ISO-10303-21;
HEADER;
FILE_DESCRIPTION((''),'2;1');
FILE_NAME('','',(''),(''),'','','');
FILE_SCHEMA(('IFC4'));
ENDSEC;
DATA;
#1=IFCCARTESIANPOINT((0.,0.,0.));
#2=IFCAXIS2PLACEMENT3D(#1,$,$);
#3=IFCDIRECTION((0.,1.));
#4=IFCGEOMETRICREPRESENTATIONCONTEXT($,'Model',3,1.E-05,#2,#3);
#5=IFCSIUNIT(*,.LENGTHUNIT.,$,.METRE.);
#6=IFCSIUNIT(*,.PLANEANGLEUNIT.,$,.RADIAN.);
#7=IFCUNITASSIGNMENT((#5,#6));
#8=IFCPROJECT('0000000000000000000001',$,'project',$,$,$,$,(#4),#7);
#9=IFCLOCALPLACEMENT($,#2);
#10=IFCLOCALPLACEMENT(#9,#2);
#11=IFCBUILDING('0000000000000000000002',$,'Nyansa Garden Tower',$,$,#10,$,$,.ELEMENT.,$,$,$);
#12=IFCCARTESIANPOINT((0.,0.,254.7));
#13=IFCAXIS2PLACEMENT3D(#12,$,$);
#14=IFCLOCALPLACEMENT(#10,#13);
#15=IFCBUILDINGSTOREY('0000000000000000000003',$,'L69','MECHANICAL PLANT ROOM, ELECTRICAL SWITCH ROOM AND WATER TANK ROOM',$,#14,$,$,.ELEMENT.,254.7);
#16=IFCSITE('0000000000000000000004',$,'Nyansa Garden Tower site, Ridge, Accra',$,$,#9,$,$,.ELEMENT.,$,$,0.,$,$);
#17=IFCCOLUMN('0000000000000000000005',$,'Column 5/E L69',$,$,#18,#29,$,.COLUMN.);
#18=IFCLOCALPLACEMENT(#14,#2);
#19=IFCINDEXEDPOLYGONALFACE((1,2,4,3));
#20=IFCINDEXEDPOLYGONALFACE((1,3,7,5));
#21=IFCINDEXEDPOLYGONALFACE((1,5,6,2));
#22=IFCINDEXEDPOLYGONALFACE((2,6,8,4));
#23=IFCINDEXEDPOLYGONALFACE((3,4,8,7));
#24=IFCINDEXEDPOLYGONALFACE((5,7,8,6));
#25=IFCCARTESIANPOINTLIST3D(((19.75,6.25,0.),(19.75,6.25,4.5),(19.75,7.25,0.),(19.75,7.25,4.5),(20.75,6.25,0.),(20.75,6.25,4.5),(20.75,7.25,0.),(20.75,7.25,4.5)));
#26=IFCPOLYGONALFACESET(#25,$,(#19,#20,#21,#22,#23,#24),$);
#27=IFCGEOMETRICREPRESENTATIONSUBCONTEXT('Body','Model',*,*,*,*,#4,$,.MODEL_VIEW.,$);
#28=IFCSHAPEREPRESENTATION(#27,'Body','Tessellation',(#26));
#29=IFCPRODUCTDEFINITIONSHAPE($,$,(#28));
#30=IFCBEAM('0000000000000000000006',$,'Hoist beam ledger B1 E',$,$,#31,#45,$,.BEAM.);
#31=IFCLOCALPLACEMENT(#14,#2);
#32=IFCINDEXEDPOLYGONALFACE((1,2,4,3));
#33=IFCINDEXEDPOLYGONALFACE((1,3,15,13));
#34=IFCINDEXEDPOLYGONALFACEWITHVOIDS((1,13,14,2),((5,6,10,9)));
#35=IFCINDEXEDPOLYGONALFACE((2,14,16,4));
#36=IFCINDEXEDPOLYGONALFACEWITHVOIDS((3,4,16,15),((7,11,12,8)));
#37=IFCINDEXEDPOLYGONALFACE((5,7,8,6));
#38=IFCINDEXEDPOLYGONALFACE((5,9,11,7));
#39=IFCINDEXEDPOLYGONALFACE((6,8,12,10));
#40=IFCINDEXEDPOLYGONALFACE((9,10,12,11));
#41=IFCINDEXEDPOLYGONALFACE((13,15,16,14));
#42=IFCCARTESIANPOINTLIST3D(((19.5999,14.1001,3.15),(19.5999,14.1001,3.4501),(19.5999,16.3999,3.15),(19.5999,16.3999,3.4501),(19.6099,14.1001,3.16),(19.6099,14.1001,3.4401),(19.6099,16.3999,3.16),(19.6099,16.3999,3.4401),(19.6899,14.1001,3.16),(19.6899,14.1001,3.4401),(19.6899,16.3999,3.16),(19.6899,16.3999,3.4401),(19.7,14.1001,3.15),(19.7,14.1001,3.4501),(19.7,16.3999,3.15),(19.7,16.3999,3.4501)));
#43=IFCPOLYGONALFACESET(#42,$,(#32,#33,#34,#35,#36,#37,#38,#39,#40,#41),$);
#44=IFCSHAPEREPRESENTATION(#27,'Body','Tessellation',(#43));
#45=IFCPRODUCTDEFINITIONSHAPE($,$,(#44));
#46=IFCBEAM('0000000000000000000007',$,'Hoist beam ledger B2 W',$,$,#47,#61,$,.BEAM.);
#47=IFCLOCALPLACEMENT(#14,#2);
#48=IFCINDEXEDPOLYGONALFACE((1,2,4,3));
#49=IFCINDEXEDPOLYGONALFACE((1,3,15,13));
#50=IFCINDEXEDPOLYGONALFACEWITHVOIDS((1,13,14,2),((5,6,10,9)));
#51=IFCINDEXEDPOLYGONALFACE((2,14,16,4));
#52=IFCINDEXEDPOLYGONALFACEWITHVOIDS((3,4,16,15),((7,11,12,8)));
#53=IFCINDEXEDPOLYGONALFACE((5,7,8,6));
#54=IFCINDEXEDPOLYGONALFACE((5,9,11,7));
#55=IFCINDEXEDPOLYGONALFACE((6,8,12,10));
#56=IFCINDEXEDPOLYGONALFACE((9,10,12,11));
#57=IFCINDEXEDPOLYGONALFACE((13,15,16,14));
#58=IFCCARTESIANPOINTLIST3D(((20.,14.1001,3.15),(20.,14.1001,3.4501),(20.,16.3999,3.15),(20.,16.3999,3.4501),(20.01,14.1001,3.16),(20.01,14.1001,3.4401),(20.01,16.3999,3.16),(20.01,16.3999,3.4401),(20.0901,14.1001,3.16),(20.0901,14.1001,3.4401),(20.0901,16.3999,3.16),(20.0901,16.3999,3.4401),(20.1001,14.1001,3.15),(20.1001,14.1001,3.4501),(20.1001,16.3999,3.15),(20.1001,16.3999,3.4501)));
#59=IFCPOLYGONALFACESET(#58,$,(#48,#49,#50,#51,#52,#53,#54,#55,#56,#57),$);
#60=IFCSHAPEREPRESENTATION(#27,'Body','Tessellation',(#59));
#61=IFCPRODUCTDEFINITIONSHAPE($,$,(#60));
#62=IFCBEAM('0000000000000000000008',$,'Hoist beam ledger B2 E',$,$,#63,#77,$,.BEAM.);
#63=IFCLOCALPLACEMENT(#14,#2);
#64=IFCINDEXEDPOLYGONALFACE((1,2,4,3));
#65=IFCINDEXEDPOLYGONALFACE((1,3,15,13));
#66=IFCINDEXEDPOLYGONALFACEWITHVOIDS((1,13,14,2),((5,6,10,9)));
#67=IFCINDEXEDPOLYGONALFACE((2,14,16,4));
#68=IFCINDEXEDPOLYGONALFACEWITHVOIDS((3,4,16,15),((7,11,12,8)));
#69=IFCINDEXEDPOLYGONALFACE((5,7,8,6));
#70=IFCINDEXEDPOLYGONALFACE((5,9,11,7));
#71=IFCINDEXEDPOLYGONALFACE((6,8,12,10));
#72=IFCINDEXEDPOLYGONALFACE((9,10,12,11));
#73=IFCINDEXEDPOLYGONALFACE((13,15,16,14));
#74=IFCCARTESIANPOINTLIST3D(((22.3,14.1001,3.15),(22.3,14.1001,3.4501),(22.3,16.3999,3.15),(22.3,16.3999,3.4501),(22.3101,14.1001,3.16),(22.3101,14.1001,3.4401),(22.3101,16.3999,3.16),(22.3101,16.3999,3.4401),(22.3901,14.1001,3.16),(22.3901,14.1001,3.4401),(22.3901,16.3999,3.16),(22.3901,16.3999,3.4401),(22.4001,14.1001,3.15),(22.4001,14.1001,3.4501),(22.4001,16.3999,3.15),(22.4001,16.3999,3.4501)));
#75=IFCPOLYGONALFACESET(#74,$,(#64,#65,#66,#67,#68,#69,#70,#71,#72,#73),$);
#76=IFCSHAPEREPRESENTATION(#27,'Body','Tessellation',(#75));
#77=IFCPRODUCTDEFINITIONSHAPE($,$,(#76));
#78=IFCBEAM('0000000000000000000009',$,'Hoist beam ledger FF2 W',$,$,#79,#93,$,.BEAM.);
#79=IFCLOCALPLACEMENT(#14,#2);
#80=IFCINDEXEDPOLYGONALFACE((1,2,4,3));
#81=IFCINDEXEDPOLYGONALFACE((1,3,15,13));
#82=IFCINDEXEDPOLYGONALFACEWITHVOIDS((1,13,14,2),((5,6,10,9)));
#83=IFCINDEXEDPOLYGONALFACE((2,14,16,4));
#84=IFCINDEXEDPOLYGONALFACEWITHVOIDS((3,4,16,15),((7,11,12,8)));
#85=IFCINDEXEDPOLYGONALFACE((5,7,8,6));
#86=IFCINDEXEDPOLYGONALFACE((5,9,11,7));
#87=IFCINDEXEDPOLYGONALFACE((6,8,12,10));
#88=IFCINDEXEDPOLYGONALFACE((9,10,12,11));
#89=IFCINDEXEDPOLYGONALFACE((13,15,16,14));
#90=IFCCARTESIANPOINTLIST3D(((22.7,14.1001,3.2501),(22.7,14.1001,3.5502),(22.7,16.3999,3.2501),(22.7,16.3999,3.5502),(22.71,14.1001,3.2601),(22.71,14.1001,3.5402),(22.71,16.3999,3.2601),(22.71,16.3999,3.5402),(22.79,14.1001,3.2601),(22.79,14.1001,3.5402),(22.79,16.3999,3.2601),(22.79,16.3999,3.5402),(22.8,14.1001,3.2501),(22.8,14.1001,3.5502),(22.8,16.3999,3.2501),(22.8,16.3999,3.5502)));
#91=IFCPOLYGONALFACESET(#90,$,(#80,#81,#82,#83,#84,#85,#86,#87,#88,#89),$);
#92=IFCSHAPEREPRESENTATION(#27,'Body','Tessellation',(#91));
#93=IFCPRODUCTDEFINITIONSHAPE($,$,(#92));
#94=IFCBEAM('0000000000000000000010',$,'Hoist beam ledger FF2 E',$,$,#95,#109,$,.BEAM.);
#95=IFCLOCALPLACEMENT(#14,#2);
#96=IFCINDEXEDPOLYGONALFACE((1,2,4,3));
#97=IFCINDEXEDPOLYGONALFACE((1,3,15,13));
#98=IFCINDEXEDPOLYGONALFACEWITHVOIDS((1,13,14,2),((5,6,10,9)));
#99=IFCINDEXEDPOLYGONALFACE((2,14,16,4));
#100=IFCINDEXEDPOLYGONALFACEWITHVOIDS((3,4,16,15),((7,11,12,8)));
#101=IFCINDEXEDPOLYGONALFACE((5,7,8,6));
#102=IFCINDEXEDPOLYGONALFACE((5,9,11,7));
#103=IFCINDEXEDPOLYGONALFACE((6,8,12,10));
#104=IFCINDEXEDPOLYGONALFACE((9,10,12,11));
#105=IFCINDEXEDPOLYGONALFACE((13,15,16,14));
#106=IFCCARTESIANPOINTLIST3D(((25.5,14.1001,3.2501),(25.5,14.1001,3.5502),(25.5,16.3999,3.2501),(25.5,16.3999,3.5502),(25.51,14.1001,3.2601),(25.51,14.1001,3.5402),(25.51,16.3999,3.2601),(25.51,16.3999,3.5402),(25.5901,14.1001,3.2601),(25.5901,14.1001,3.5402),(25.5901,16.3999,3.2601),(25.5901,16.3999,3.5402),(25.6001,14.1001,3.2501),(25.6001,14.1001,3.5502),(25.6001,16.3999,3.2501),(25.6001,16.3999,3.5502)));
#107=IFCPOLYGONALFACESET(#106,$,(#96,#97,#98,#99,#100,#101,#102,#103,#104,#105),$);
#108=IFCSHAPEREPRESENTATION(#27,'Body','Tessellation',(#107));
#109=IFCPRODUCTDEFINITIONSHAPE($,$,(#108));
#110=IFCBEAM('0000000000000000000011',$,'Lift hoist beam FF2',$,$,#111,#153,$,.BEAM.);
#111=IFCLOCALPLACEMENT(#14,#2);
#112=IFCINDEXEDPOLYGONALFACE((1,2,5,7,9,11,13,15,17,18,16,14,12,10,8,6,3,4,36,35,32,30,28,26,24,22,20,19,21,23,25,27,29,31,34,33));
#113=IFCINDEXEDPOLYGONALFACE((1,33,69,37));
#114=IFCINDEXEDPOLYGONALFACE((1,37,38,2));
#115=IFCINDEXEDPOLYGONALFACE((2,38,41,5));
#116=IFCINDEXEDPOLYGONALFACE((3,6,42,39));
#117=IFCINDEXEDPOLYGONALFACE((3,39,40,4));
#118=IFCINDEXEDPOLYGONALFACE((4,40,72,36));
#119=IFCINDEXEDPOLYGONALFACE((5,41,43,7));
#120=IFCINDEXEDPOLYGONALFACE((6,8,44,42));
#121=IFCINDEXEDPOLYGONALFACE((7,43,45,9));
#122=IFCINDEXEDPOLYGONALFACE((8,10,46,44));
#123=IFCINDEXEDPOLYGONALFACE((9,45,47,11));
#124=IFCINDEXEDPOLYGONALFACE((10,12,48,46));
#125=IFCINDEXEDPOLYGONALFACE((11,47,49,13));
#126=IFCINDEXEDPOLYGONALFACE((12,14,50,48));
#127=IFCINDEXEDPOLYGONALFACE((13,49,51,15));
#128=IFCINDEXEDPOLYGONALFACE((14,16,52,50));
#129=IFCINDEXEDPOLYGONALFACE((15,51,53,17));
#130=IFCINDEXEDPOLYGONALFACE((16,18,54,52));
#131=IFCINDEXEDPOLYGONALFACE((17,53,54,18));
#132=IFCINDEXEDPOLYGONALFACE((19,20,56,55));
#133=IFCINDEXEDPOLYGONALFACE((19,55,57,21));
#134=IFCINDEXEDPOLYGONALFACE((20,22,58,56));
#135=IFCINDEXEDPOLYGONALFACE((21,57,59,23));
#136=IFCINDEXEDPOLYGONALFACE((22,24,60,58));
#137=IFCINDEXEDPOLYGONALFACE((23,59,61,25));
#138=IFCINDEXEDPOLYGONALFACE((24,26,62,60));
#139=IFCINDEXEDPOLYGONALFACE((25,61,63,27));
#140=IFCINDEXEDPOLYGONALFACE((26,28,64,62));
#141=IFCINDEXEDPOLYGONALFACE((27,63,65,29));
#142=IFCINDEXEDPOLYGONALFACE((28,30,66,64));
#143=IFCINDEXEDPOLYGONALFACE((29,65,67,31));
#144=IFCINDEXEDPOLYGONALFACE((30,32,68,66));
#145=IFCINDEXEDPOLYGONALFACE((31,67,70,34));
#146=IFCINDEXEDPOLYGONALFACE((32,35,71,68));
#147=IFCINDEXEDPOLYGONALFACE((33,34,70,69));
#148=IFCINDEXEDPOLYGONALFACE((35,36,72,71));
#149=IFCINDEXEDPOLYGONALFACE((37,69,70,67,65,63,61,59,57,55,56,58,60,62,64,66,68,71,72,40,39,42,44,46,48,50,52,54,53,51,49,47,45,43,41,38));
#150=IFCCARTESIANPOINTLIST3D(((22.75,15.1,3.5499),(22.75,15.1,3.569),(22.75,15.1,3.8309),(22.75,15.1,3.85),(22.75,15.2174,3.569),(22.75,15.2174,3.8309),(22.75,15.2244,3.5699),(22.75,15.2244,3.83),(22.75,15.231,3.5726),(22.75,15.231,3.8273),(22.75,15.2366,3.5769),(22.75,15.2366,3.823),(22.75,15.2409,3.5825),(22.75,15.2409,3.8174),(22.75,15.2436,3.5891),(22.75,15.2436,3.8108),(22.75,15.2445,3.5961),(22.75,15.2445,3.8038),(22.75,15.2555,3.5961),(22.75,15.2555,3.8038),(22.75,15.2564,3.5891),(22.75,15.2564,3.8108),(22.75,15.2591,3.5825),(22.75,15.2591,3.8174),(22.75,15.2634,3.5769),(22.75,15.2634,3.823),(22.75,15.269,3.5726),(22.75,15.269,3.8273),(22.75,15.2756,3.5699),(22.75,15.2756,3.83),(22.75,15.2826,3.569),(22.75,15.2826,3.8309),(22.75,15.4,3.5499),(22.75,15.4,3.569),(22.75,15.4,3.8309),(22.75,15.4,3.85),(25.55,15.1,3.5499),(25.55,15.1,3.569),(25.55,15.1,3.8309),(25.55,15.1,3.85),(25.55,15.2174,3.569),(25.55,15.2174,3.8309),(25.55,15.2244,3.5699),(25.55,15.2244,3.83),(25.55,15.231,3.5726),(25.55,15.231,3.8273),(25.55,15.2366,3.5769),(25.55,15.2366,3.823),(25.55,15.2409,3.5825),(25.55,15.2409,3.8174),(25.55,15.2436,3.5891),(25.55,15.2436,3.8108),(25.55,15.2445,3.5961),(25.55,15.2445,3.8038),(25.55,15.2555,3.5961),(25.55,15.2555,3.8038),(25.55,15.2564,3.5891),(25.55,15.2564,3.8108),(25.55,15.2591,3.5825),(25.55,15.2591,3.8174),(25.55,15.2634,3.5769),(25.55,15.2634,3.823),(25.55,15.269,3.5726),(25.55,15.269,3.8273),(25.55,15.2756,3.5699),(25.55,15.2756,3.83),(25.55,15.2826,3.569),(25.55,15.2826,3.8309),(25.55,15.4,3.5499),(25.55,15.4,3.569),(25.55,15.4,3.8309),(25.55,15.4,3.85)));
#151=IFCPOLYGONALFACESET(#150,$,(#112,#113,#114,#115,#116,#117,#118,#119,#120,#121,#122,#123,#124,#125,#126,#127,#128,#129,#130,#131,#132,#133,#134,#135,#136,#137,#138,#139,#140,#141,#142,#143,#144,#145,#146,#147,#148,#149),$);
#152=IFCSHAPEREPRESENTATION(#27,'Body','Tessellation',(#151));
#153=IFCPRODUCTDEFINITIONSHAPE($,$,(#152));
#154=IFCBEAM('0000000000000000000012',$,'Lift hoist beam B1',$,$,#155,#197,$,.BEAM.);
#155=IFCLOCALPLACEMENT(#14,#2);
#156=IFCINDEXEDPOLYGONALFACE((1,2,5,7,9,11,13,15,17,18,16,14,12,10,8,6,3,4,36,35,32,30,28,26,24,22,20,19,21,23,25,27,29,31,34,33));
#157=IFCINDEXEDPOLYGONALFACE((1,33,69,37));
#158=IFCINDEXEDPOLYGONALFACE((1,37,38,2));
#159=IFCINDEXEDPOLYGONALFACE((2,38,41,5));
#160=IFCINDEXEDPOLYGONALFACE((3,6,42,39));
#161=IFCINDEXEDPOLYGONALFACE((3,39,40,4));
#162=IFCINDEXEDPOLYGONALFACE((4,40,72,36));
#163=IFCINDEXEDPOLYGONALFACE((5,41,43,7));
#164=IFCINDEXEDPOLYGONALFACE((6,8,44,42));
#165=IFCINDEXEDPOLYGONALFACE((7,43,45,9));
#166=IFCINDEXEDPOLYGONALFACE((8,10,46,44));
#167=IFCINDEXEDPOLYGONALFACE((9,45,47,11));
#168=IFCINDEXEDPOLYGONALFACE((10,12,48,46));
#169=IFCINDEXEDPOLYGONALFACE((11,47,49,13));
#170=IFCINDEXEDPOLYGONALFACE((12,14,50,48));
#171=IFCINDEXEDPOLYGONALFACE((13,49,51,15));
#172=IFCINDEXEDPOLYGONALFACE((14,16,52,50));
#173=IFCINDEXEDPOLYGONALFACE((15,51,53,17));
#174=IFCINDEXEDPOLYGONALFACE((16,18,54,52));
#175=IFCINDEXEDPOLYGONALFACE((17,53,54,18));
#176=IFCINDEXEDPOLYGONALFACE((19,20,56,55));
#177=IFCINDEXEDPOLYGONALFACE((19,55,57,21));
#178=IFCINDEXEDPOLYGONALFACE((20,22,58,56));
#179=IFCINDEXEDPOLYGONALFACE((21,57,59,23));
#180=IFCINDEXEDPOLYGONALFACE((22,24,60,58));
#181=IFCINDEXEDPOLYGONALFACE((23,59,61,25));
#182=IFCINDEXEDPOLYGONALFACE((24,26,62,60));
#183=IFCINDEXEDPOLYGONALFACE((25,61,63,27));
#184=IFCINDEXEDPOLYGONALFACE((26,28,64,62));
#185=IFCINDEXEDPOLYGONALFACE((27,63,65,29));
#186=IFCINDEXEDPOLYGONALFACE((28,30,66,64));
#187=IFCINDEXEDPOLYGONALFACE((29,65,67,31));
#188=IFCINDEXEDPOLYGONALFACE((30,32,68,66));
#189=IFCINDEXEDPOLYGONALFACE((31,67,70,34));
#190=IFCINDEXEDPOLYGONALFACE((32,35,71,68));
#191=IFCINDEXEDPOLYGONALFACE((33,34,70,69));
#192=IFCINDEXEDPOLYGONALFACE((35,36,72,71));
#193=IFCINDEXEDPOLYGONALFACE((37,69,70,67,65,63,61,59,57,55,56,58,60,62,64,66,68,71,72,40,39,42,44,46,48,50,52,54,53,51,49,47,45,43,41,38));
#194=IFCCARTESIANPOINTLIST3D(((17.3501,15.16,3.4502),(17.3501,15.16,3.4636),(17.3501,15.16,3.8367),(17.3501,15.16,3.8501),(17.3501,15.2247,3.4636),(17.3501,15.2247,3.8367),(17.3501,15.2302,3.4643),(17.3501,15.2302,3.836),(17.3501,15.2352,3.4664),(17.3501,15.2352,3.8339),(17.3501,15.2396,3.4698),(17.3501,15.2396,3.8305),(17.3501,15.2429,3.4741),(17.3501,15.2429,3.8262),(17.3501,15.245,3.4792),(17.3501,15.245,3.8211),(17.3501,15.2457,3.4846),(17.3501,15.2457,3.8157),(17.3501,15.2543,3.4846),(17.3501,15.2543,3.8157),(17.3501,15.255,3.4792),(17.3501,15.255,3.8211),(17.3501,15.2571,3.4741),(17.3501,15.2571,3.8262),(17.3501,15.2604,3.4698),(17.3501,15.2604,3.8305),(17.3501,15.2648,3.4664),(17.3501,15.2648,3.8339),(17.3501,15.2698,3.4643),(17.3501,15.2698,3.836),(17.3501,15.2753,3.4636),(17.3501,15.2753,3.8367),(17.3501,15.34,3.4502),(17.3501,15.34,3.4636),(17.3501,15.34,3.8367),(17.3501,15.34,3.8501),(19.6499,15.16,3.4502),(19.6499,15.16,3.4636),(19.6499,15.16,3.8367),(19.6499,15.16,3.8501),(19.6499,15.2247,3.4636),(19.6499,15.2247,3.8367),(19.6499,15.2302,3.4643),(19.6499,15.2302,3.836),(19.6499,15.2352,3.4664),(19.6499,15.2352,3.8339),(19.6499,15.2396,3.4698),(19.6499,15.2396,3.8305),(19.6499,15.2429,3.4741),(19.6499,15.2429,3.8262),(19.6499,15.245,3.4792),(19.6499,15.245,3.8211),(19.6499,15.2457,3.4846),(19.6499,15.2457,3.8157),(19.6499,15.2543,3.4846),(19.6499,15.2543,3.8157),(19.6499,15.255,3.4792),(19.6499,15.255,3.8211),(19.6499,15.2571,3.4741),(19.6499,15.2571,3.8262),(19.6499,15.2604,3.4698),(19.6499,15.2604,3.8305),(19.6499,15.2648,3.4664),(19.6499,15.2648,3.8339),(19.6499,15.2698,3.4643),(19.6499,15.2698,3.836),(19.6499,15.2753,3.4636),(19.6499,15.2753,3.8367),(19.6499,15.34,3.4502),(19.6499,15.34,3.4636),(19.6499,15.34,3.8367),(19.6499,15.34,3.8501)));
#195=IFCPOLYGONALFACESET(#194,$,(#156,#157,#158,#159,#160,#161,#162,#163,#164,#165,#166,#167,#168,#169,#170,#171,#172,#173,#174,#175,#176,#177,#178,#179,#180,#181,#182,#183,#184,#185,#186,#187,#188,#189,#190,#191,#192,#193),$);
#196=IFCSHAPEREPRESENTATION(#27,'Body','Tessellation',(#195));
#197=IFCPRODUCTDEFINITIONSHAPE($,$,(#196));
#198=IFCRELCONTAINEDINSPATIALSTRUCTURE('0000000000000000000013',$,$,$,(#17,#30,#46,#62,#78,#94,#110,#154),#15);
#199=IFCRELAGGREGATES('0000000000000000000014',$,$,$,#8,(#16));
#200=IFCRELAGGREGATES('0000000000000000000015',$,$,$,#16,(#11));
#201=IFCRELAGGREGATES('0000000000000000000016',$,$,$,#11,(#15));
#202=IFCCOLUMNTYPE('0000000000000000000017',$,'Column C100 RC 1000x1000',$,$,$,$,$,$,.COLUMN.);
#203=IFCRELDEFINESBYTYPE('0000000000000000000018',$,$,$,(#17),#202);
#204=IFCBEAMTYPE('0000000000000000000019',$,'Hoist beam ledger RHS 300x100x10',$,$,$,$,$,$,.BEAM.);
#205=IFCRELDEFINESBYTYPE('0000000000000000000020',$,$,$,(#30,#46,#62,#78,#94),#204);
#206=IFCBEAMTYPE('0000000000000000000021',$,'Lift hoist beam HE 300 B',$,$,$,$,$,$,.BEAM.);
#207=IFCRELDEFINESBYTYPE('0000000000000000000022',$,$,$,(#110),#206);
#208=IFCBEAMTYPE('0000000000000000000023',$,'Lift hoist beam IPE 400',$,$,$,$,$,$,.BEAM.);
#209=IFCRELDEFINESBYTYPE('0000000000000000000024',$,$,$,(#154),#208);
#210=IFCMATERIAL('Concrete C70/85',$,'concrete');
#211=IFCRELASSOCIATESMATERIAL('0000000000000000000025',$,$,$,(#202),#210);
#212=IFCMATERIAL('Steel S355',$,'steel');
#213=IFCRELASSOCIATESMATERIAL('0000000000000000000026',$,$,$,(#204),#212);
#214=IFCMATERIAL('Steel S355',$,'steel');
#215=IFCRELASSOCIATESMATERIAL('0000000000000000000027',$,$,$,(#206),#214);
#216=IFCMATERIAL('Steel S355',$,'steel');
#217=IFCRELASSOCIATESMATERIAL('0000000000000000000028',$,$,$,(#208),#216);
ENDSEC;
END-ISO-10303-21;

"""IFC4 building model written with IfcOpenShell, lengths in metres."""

from ifc_helpers import new_model, si_unit, direction, frame, origin, origin_2d, place, context, subcontext, project, spatial, rectangle, hollow_rectangle, i_section, extrude, material, material_profile, profile_set, type_object, element, save


model = new_model("IFC4")

# Units and contexts
model_context = context("Model", 3, precision=1e-05, world=origin(), true_north=direction((0.0, 1.0)))
body_context = subcontext(model_context, "Body", "Model", "MODEL_VIEW")
ifc_project = project(units=[si_unit("LENGTHUNIT", "METRE"), si_unit("PLANEANGLEUNIT", "RADIAN")], contexts=[model_context])

# Site, building, storey
site_placement = place(None, origin())
site = spatial("IfcSite", under=ifc_project, at=site_placement, Name="Nyansa Garden Tower site, Ridge, Accra", CompositionType="ELEMENT", RefElevation=0.0)
building_placement = place(site_placement, origin())
building = spatial("IfcBuilding", under=site, at=building_placement, Name="Nyansa Garden Tower", CompositionType="ELEMENT")
storey_placement = place(building_placement, frame((0.0, 0.0, 254.7)))
storey = spatial("IfcBuildingStorey", under=building, at=storey_placement, Name="L69", Description="MECHANICAL PLANT ROOM, ELECTRICAL SWITCH ROOM AND WATER TANK ROOM", CompositionType="ELEMENT", Elevation=254.7)

# Column
ifc_material_1 = material(Name="Concrete C70/85", Category="concrete")
ifc_material_profile_1 = material_profile(ifc_material_1, rectangle(XDim=1.0, YDim=1.0, at=origin_2d()), Name="RC 1000x1000")
ifc_profile_set_1 = profile_set([ifc_material_profile_1], Name="Concrete C70/85")
column_type = type_object("IfcColumnType", Name="Column C100 RC 1000x1000", PredefinedType="COLUMN", material=ifc_profile_set_1)
column_placement = place(storey_placement, frame((20.25, 6.75, 0.0), z_axis=(0.0, 0.0, 1.0), x_axis=(1.0, 0.0, 0.0)))
element("IfcColumn", 1, at=column_placement, inside=storey, type_object=column_type, Name="Column 5/E L69", PredefinedType="COLUMN", context=body_context, shape_type="SweptSolid", body=[
    extrude(rectangle(XDim=1.0, YDim=1.0, at=origin_2d()), origin(), (0.0, 0.0, 1.0), 4.5),
])

# Beams
ifc_material_2 = material(Name="Steel S355", Category="steel")
ifc_material_profile_2 = material_profile(ifc_material_2, hollow_rectangle(XDim=0.1001, YDim=0.3, WallThickness=0.01, at=origin_2d()), Name="RHS 300x100x10")
ifc_profile_set_2 = profile_set([ifc_material_profile_2], Name="Steel S355")
beam_type_1 = type_object("IfcBeamType", Name="Hoist beam ledger RHS 300x100x10", PredefinedType="BEAM", material=ifc_profile_set_2)
for number, where, z_axis, x_axis, name in (
    (2, (19.6499, 14.1001, 3.3), (0.0, 1.0, 0.0), (-1.0, 0.0, 0.0), "Hoist beam ledger B1 E"),
    (3, (20.05, 14.1001, 3.3), (0.0, 1.0, 0.0), (-1.0, 0.0, 0.0), "Hoist beam ledger B2 W"),
    (4, (22.3501, 14.1001, 3.3), (0.0, 1.0, 0.0), (-1.0, 0.0, 0.0), "Hoist beam ledger B2 E"),
    (5, (22.75, 14.1001, 3.4001), (0.0, 1.0, 0.0), (-1.0, 0.0, 0.0), "Hoist beam ledger FF2 W"),
    (6, (25.55, 14.1001, 3.4001), (0.0, 1.0, 0.0), (-1.0, 0.0, 0.0), "Hoist beam ledger FF2 E"),
):
    element("IfcBeam", number, at=place(storey_placement, frame(where, z_axis=z_axis, x_axis=x_axis)), inside=storey, type_object=beam_type_1, Name=name, PredefinedType="BEAM", context=body_context, shape_type="SweptSolid", body=[
        extrude(hollow_rectangle(XDim=0.1001, YDim=0.3, WallThickness=0.01, at=origin_2d()), origin(), (0.0, 0.0, 1.0), 2.2998),
    ])
ifc_material_3 = material(Name="Steel S355", Category="steel")
ifc_material_profile_3 = material_profile(ifc_material_3, i_section(OverallWidth=0.3, OverallDepth=0.3, WebThickness=0.011, FlangeThickness=0.019, FilletRadius=0.0271, at=origin_2d()), Name="HE 300 B")
ifc_profile_set_3 = profile_set([ifc_material_profile_3], Name="Steel S355")
beam_type_2 = type_object("IfcBeamType", Name="Lift hoist beam HE 300 B", PredefinedType="BEAM", material=ifc_profile_set_3)
beam_1_placement = place(storey_placement, frame((22.75, 15.25, 3.7), z_axis=(1.0, 0.0, 0.0), x_axis=(0.0, 1.0, 0.0)))
element("IfcBeam", 7, at=beam_1_placement, inside=storey, type_object=beam_type_2, Name="Lift hoist beam FF2", PredefinedType="BEAM", context=body_context, shape_type="SweptSolid", body=[
    extrude(i_section(OverallWidth=0.3, OverallDepth=0.3, WebThickness=0.011, FlangeThickness=0.019, FilletRadius=0.0271, at=origin_2d()), origin(), (0.0, 0.0, 1.0), 2.8),
])
ifc_material_4 = material(Name="Steel S355", Category="steel")
ifc_material_profile_4 = material_profile(ifc_material_4, i_section(OverallWidth=0.1799, OverallDepth=0.3999, WebThickness=0.0085, FlangeThickness=0.0134, FilletRadius=0.021, at=origin_2d()), Name="IPE 400")
ifc_profile_set_4 = profile_set([ifc_material_profile_4], Name="Steel S355")
beam_type_3 = type_object("IfcBeamType", Name="Lift hoist beam IPE 400", PredefinedType="BEAM", material=ifc_profile_set_4)
beam_2_placement = place(storey_placement, frame((17.3501, 15.25, 3.6501), z_axis=(1.0, 0.0, 0.0), x_axis=(0.0, 1.0, 0.0)))
element("IfcBeam", 8, at=beam_2_placement, inside=storey, type_object=beam_type_3, Name="Lift hoist beam B1", PredefinedType="BEAM", context=body_context, shape_type="SweptSolid", body=[
    extrude(i_section(OverallWidth=0.1799, OverallDepth=0.3999, WebThickness=0.0085, FlangeThickness=0.0134, FilletRadius=0.021, at=origin_2d()), origin(), (0.0, 0.0, 1.0), 2.2998),
])

save(model, "model.ifc")
